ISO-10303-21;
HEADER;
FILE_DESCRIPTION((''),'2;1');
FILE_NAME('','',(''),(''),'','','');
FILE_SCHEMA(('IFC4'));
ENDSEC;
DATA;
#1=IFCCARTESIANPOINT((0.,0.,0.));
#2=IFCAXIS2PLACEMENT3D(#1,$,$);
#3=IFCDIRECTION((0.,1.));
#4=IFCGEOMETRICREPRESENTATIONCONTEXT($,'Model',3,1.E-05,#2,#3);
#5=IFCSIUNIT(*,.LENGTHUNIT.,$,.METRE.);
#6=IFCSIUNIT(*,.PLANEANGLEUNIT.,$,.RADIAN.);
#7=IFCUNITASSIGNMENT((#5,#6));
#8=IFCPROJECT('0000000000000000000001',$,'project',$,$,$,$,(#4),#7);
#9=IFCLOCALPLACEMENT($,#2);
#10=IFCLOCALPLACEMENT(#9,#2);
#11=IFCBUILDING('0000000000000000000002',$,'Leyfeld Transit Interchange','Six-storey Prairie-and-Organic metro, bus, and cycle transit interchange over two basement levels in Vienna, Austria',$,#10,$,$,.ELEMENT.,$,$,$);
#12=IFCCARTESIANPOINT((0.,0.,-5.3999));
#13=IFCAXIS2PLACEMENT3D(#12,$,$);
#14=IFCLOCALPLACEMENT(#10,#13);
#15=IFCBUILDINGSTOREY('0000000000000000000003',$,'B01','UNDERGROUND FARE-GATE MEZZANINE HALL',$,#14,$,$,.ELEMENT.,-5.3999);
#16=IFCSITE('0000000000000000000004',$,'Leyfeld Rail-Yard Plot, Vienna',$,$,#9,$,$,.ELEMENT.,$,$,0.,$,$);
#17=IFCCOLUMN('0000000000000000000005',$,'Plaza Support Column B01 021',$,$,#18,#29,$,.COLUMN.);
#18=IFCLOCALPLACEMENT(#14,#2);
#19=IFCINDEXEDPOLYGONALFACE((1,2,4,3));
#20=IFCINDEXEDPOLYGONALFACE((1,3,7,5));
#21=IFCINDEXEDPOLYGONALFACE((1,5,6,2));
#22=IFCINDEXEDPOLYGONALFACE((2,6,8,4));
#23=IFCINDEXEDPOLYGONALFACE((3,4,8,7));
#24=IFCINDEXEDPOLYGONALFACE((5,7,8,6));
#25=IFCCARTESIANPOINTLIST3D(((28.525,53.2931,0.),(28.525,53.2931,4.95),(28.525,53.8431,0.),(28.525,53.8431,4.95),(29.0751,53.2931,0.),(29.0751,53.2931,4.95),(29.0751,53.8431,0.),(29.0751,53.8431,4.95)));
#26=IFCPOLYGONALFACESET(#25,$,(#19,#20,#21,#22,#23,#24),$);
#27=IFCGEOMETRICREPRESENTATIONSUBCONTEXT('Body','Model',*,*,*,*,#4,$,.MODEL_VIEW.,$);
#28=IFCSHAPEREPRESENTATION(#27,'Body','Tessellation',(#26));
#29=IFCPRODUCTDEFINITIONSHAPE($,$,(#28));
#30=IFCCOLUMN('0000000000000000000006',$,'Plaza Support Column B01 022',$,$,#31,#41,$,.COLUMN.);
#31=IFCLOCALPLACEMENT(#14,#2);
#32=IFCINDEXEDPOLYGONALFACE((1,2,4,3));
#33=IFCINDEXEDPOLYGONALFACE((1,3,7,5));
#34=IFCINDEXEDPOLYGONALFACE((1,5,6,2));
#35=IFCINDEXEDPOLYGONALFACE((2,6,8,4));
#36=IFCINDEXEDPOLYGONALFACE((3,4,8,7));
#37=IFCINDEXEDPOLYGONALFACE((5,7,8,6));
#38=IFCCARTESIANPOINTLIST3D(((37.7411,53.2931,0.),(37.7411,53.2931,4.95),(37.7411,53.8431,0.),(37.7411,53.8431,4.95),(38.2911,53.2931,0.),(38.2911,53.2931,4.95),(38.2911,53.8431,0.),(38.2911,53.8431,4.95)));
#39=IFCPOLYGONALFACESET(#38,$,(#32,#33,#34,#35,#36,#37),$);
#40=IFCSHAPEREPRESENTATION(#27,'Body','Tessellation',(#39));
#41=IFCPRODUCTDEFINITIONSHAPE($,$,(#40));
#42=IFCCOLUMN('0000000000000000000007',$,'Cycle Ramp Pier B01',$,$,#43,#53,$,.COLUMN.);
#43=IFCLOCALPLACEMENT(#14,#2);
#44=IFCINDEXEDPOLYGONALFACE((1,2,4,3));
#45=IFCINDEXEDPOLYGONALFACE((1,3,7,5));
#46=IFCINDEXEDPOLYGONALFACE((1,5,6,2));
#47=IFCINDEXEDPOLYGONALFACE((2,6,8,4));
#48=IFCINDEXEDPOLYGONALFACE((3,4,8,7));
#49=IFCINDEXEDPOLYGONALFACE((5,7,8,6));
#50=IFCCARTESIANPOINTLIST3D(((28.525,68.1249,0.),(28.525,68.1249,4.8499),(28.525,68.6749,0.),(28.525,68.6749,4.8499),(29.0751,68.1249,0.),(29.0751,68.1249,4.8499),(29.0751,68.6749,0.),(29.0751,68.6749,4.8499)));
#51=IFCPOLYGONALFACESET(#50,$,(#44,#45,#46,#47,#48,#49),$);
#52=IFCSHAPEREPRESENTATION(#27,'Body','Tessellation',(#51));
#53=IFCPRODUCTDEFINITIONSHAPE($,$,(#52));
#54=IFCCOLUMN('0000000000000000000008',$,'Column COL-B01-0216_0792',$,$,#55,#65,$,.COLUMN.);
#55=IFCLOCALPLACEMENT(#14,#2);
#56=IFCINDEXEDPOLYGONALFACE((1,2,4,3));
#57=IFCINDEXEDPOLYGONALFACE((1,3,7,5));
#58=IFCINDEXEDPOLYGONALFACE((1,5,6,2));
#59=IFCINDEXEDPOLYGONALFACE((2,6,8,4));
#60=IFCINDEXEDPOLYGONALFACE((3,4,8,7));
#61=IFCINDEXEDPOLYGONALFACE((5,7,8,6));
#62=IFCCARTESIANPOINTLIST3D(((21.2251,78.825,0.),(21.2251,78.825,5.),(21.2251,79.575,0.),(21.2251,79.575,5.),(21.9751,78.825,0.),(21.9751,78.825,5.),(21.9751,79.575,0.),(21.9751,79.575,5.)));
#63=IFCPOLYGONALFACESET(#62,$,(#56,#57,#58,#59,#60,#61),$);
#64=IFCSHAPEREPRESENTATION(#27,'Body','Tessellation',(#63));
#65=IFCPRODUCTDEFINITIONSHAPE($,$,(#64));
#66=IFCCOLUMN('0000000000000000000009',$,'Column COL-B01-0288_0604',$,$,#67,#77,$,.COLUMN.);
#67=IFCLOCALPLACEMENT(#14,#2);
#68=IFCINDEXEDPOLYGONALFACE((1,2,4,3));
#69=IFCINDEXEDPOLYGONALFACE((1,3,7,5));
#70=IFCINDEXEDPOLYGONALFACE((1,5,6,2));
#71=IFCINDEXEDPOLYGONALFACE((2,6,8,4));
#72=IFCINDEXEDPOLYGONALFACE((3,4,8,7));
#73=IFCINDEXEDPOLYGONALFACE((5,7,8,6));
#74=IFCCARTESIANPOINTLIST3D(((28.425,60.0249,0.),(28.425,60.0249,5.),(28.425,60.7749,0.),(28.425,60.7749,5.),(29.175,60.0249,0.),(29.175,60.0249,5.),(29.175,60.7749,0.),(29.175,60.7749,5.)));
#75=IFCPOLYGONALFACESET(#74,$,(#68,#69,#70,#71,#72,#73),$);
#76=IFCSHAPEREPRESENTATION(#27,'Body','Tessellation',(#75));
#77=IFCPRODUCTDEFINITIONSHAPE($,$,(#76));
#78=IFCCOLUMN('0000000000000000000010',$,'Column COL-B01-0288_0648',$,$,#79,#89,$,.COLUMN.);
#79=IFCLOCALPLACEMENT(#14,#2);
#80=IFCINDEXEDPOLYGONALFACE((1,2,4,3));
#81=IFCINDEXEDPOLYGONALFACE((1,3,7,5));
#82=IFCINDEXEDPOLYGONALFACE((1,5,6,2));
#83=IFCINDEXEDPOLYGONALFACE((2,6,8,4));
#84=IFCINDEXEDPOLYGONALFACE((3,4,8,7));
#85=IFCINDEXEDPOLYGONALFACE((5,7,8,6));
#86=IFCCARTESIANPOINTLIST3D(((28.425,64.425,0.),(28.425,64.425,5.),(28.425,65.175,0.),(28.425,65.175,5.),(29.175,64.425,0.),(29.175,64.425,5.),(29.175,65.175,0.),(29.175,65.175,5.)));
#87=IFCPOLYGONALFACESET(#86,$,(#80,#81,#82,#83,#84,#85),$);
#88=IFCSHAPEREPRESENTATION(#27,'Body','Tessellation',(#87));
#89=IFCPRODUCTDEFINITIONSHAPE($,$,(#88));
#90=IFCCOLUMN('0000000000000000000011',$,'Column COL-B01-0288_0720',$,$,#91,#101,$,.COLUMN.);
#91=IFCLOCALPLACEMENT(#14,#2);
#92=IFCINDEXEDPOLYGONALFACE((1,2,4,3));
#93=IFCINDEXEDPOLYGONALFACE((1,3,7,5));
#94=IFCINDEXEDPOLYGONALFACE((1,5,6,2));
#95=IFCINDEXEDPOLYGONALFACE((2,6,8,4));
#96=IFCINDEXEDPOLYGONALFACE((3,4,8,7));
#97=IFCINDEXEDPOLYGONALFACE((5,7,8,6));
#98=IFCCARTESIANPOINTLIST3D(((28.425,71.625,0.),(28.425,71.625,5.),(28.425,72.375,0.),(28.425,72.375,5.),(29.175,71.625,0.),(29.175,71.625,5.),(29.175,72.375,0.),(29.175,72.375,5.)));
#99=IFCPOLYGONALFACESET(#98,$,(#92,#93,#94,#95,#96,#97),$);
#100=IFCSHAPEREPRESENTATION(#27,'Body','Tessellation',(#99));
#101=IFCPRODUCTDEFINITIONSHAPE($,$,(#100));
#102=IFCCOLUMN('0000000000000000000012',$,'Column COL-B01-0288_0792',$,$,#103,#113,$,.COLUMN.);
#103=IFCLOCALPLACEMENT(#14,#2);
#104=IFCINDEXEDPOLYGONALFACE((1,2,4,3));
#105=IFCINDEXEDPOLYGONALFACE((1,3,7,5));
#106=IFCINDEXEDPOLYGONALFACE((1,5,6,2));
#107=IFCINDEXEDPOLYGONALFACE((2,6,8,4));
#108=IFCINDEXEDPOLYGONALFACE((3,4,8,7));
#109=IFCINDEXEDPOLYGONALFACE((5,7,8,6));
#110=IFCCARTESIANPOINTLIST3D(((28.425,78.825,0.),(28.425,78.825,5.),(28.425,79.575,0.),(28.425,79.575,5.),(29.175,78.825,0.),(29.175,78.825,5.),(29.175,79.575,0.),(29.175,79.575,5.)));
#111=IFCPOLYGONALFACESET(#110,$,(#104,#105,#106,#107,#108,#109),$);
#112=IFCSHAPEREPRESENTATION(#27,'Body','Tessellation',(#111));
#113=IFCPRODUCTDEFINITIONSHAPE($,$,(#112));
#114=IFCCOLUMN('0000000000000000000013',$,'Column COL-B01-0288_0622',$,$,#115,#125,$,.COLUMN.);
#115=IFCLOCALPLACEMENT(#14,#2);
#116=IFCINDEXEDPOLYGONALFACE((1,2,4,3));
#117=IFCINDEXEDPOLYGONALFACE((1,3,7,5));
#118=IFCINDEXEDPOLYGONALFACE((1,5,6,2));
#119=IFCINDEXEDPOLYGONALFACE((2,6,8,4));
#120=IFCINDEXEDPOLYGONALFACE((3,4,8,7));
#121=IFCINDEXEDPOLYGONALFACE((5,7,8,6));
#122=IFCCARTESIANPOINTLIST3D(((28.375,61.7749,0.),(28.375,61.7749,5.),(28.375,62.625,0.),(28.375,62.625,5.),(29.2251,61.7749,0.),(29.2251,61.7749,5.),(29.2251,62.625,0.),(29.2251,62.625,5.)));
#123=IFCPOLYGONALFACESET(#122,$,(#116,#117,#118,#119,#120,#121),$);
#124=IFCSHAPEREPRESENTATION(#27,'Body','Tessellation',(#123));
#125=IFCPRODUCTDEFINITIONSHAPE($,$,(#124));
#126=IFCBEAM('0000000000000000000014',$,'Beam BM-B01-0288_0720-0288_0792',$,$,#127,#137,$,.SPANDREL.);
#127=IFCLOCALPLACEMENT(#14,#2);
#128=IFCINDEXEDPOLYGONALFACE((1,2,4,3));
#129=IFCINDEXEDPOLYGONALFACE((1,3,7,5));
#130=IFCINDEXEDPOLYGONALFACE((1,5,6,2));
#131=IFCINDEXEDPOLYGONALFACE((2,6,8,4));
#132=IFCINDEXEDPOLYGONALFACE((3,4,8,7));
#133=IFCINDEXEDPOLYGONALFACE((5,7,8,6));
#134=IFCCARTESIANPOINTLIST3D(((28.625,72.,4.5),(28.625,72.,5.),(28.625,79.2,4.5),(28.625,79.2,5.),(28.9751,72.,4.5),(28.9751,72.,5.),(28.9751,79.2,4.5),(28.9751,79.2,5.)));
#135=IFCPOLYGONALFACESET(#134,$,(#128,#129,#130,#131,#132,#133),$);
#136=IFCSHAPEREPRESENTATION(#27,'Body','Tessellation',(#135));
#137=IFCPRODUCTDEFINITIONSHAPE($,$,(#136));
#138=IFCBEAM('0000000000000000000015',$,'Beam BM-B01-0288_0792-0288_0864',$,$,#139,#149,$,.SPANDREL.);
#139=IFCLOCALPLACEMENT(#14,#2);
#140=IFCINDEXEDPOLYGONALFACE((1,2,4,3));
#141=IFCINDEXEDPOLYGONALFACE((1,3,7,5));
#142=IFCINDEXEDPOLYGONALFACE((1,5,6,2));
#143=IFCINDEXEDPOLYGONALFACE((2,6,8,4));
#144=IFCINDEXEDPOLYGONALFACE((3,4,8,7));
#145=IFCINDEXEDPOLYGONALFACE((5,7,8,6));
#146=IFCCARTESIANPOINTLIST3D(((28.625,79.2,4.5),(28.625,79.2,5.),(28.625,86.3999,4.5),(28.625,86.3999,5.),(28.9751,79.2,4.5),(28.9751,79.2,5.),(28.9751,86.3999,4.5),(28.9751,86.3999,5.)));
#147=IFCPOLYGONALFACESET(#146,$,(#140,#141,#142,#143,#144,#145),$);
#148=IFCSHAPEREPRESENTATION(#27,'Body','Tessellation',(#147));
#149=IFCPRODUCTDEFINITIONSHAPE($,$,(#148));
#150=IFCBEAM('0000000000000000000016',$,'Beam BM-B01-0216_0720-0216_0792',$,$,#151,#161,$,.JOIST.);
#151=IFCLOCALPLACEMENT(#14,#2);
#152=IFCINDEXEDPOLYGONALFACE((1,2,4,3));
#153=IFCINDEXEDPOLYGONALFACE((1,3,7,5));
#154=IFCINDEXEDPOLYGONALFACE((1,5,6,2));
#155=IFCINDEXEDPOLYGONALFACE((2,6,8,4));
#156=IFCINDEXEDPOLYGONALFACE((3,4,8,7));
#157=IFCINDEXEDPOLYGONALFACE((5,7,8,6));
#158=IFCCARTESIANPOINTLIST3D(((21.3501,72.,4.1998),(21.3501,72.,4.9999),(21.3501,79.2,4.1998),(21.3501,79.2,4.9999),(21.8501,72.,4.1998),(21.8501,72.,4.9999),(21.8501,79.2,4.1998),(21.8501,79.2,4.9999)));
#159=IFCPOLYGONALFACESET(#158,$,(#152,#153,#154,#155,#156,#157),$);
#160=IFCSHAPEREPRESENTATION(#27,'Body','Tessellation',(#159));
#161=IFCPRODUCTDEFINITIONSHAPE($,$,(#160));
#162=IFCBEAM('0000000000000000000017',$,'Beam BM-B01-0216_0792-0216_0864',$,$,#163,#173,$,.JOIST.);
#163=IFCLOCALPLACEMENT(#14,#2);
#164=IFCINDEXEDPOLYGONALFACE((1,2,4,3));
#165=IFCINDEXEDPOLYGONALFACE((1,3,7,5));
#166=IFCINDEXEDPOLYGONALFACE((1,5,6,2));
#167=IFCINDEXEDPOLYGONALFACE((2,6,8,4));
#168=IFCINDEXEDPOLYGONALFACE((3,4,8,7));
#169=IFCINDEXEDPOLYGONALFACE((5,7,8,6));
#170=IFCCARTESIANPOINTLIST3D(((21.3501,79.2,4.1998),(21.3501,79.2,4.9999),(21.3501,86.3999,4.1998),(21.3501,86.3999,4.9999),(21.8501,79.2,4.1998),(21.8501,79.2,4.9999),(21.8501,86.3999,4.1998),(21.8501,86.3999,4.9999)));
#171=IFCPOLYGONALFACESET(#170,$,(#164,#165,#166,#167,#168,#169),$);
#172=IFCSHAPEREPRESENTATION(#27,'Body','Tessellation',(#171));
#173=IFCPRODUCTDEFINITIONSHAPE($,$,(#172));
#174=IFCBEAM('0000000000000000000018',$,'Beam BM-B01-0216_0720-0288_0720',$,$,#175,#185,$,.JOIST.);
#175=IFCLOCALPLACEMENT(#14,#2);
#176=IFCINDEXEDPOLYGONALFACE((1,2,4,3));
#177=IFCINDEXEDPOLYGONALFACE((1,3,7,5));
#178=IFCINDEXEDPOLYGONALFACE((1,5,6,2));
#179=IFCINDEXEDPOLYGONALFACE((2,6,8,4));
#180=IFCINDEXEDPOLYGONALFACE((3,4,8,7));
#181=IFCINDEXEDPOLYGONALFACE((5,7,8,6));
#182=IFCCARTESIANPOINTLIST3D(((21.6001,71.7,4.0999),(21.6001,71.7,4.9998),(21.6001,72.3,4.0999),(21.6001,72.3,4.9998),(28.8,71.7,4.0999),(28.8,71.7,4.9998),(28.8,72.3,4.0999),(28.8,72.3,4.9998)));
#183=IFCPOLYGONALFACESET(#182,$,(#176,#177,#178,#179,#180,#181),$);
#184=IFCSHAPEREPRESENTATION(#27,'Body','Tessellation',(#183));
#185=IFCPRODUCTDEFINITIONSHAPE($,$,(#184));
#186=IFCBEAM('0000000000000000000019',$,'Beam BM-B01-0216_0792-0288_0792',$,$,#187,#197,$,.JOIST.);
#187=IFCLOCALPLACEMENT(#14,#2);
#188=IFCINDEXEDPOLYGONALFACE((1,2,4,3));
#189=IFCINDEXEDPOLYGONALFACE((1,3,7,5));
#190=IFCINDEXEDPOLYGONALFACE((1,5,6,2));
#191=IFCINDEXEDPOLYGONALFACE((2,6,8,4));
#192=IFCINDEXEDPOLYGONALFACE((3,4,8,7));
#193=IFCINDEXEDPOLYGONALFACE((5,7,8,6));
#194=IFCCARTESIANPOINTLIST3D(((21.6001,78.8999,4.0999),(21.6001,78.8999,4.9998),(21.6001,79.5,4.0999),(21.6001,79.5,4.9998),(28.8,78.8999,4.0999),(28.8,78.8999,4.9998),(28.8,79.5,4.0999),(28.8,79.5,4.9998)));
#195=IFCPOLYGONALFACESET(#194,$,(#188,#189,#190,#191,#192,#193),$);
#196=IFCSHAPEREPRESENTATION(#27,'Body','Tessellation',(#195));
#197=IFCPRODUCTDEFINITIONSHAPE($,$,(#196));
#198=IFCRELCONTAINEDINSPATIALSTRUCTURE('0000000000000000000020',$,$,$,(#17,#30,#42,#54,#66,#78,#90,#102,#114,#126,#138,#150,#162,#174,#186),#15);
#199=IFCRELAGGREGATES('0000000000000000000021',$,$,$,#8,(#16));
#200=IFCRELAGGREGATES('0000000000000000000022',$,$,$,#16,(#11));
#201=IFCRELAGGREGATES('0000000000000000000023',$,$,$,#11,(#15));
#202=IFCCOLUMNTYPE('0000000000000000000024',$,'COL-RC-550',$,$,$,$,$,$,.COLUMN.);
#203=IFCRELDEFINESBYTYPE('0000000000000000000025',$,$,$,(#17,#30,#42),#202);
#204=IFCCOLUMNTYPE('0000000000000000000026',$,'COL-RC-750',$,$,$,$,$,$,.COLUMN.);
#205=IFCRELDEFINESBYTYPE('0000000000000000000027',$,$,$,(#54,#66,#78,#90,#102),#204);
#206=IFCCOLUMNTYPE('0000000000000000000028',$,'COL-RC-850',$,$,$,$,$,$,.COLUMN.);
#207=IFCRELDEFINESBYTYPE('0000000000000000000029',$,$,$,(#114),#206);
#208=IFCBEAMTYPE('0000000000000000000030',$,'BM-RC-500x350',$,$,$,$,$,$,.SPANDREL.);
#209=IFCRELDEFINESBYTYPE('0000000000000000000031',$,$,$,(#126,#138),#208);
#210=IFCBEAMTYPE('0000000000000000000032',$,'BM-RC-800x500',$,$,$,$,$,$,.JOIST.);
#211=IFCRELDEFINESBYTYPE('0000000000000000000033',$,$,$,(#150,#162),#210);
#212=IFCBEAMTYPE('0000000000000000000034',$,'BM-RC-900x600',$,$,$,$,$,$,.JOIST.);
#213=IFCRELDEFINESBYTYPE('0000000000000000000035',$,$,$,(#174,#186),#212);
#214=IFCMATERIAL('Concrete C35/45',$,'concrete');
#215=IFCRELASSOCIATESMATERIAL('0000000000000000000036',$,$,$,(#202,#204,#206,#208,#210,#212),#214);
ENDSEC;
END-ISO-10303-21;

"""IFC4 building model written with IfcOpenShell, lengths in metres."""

from ifc_helpers import new_model, si_unit, direction, frame, origin, origin_2d, place, context, subcontext, project, spatial, rectangle, extrude, material, material_profile, profile_set, type_object, element, save


model = new_model("IFC4")

# Units and contexts
model_context = context("Model", 3, precision=1e-05, world=origin(), true_north=direction((0.0, 1.0)))
body_context = subcontext(model_context, "Body", "Model", "MODEL_VIEW")
ifc_project = project(units=[si_unit("LENGTHUNIT", "METRE"), si_unit("PLANEANGLEUNIT", "RADIAN")], contexts=[model_context])

# Site, building, storey
site_placement = place(None, origin())
site = spatial("IfcSite", under=ifc_project, at=site_placement, Name="Leyfeld Rail-Yard Plot, Vienna", CompositionType="ELEMENT", RefElevation=0.0)
building_placement = place(site_placement, origin())
building = spatial("IfcBuilding", under=site, at=building_placement, Name="Leyfeld Transit Interchange", Description="Six-storey Prairie-and-Organic metro, bus, and cycle transit interchange over two basement levels in Vienna, Austria", CompositionType="ELEMENT")
storey_placement = place(building_placement, frame((0.0, 0.0, -5.3999)))
storey = spatial("IfcBuildingStorey", under=building, at=storey_placement, Name="B01", Description="UNDERGROUND FARE-GATE MEZZANINE HALL", CompositionType="ELEMENT", Elevation=-5.3999)

# Columns
ifc_material_1 = material(Name="Concrete C35/45", Category="concrete")
ifc_material_profile_1 = material_profile(ifc_material_1, rectangle(XDim=0.55, YDim=0.55, at=origin_2d()), Name="RC 550x550")
ifc_profile_set_1 = profile_set([ifc_material_profile_1], Name="Concrete C35/45")
column_type_1 = type_object("IfcColumnType", Name="COL-RC-550", PredefinedType="COLUMN", material=ifc_profile_set_1)
for number, where, z_axis, x_axis, name in (
    (1, (28.8, 53.5681, 0.0), (0.0, 0.0, 1.0), (1.0, 0.0, 0.0), "Plaza Support Column B01 021"),
    (2, (38.0161, 53.5681, 0.0), (0.0, 0.0, 1.0), (1.0, 0.0, 0.0), "Plaza Support Column B01 022"),
):
    element("IfcColumn", number, at=place(storey_placement, frame(where, z_axis=z_axis, x_axis=x_axis)), inside=storey, type_object=column_type_1, Name=name, PredefinedType="COLUMN", context=body_context, shape_type="SweptSolid", body=[
        extrude(rectangle(XDim=0.55, YDim=0.55, at=origin_2d()), origin(), (0.0, 0.0, 1.0), 4.95),
    ])
column_1_placement = place(storey_placement, frame((28.8, 68.3999, 0.0), z_axis=(0.0, 0.0, 1.0), x_axis=(1.0, 0.0, 0.0)))
element("IfcColumn", 3, at=column_1_placement, inside=storey, type_object=column_type_1, Name="Cycle Ramp Pier B01", PredefinedType="COLUMN", context=body_context, shape_type="SweptSolid", body=[
    extrude(rectangle(XDim=0.55, YDim=0.55, at=origin_2d()), origin(), (0.0, 0.0, 1.0), 4.8499),
])
ifc_material_profile_2 = material_profile(ifc_material_1, rectangle(XDim=0.75, YDim=0.75, at=origin_2d()), Name="RC 750x750")
ifc_profile_set_2 = profile_set([ifc_material_profile_2], Name="Concrete C35/45")
column_type_2 = type_object("IfcColumnType", Name="COL-RC-750", PredefinedType="COLUMN", material=ifc_profile_set_2)
for number, where, z_axis, x_axis, name in (
    (4, (21.6001, 79.2, 0.0), (0.0, 0.0, 1.0), (1.0, 0.0, 0.0), "Column COL-B01-0216_0792"),
    (5, (28.8, 60.3999, 0.0), (0.0, 0.0, 1.0), (1.0, 0.0, 0.0), "Column COL-B01-0288_0604"),
    (6, (28.8, 64.8, 0.0), (0.0, 0.0, 1.0), (1.0, 0.0, 0.0), "Column COL-B01-0288_0648"),
    (7, (28.8, 72.0, 0.0), (0.0, 0.0, 1.0), (1.0, 0.0, 0.0), "Column COL-B01-0288_0720"),
    (8, (28.8, 79.2, 0.0), (0.0, 0.0, 1.0), (1.0, 0.0, 0.0), "Column COL-B01-0288_0792"),
):
    element("IfcColumn", number, at=place(storey_placement, frame(where, z_axis=z_axis, x_axis=x_axis)), inside=storey, type_object=column_type_2, Name=name, PredefinedType="COLUMN", context=body_context, shape_type="SweptSolid", body=[
        extrude(rectangle(XDim=0.75, YDim=0.75, at=origin_2d()), origin(), (0.0, 0.0, 1.0), 5.0),
    ])
ifc_material_profile_3 = material_profile(ifc_material_1, rectangle(XDim=0.8501, YDim=0.8501, at=origin_2d()), Name="RC 850x850")
ifc_profile_set_3 = profile_set([ifc_material_profile_3], Name="Concrete C35/45")
column_type_3 = type_object("IfcColumnType", Name="COL-RC-850", PredefinedType="COLUMN", material=ifc_profile_set_3)
column_2_placement = place(storey_placement, frame((28.8, 62.2, 0.0), z_axis=(0.0, 0.0, 1.0), x_axis=(1.0, 0.0, 0.0)))
element("IfcColumn", 9, at=column_2_placement, inside=storey, type_object=column_type_3, Name="Column COL-B01-0288_0622", PredefinedType="COLUMN", context=body_context, shape_type="SweptSolid", body=[
    extrude(rectangle(XDim=0.8501, YDim=0.8501, at=origin_2d()), origin(), (0.0, 0.0, 1.0), 5.0),
])

# Beams
ifc_material_profile_4 = material_profile(ifc_material_1, rectangle(XDim=0.3501, YDim=0.5, at=origin_2d()), Name="RC 500x350")
ifc_profile_set_4 = profile_set([ifc_material_profile_4], Name="Concrete C35/45")
beam_type_1 = type_object("IfcBeamType", Name="BM-RC-500x350", PredefinedType="SPANDREL", material=ifc_profile_set_4)
for number, where, z_axis, x_axis, name in (
    (10, (28.8, 72.0, 4.75), (0.0, 1.0, 0.0), (-1.0, 0.0, 0.0), "Beam BM-B01-0288_0720-0288_0792"),
    (11, (28.8, 79.2, 4.75), (0.0, 1.0, 0.0), (-1.0, 0.0, 0.0), "Beam BM-B01-0288_0792-0288_0864"),
):
    element("IfcBeam", number, at=place(storey_placement, frame(where, z_axis=z_axis, x_axis=x_axis)), inside=storey, type_object=beam_type_1, Name=name, PredefinedType="SPANDREL", context=body_context, shape_type="SweptSolid", body=[
        extrude(rectangle(XDim=0.3501, YDim=0.5, at=origin_2d()), origin(), (0.0, 0.0, 1.0), 7.2),
    ])
ifc_material_profile_5 = material_profile(ifc_material_1, rectangle(XDim=0.5, YDim=0.8, at=origin_2d()), Name="RC 800x500")
ifc_profile_set_5 = profile_set([ifc_material_profile_5], Name="Concrete C35/45")
beam_type_2 = type_object("IfcBeamType", Name="BM-RC-800x500", PredefinedType="JOIST", material=ifc_profile_set_5)
for number, where, z_axis, x_axis, name in (
    (12, (21.6001, 72.0, 4.5999), (0.0, 1.0, 0.0), (-1.0, 0.0, 0.0), "Beam BM-B01-0216_0720-0216_0792"),
    (13, (21.6001, 79.2, 4.5999), (0.0, 1.0, 0.0), (-1.0, 0.0, 0.0), "Beam BM-B01-0216_0792-0216_0864"),
):
    element("IfcBeam", number, at=place(storey_placement, frame(where, z_axis=z_axis, x_axis=x_axis)), inside=storey, type_object=beam_type_2, Name=name, PredefinedType="JOIST", context=body_context, shape_type="SweptSolid", body=[
        extrude(rectangle(XDim=0.5, YDim=0.8, at=origin_2d()), origin(), (0.0, 0.0, 1.0), 7.2),
    ])
ifc_material_profile_6 = material_profile(ifc_material_1, rectangle(XDim=0.6001, YDim=0.8999, at=origin_2d()), Name="RC 900x600")
ifc_profile_set_6 = profile_set([ifc_material_profile_6], Name="Concrete C35/45")
beam_type_3 = type_object("IfcBeamType", Name="BM-RC-900x600", PredefinedType="JOIST", material=ifc_profile_set_6)
for number, where, z_axis, x_axis, name in (
    (14, (21.6001, 72.0, 4.5498), (1.0, 0.0, 0.0), (0.0, 1.0, 0.0), "Beam BM-B01-0216_0720-0288_0720"),
    (15, (21.6001, 79.2, 4.5498), (1.0, 0.0, 0.0), (0.0, 1.0, 0.0), "Beam BM-B01-0216_0792-0288_0792"),
):
    element("IfcBeam", number, at=place(storey_placement, frame(where, z_axis=z_axis, x_axis=x_axis)), inside=storey, type_object=beam_type_3, Name=name, PredefinedType="JOIST", context=body_context, shape_type="SweptSolid", body=[
        extrude(rectangle(XDim=0.6001, YDim=0.8999, at=origin_2d()), origin(), (0.0, 0.0, 1.0), 7.2),
    ])

save(model, "model.ifc")
